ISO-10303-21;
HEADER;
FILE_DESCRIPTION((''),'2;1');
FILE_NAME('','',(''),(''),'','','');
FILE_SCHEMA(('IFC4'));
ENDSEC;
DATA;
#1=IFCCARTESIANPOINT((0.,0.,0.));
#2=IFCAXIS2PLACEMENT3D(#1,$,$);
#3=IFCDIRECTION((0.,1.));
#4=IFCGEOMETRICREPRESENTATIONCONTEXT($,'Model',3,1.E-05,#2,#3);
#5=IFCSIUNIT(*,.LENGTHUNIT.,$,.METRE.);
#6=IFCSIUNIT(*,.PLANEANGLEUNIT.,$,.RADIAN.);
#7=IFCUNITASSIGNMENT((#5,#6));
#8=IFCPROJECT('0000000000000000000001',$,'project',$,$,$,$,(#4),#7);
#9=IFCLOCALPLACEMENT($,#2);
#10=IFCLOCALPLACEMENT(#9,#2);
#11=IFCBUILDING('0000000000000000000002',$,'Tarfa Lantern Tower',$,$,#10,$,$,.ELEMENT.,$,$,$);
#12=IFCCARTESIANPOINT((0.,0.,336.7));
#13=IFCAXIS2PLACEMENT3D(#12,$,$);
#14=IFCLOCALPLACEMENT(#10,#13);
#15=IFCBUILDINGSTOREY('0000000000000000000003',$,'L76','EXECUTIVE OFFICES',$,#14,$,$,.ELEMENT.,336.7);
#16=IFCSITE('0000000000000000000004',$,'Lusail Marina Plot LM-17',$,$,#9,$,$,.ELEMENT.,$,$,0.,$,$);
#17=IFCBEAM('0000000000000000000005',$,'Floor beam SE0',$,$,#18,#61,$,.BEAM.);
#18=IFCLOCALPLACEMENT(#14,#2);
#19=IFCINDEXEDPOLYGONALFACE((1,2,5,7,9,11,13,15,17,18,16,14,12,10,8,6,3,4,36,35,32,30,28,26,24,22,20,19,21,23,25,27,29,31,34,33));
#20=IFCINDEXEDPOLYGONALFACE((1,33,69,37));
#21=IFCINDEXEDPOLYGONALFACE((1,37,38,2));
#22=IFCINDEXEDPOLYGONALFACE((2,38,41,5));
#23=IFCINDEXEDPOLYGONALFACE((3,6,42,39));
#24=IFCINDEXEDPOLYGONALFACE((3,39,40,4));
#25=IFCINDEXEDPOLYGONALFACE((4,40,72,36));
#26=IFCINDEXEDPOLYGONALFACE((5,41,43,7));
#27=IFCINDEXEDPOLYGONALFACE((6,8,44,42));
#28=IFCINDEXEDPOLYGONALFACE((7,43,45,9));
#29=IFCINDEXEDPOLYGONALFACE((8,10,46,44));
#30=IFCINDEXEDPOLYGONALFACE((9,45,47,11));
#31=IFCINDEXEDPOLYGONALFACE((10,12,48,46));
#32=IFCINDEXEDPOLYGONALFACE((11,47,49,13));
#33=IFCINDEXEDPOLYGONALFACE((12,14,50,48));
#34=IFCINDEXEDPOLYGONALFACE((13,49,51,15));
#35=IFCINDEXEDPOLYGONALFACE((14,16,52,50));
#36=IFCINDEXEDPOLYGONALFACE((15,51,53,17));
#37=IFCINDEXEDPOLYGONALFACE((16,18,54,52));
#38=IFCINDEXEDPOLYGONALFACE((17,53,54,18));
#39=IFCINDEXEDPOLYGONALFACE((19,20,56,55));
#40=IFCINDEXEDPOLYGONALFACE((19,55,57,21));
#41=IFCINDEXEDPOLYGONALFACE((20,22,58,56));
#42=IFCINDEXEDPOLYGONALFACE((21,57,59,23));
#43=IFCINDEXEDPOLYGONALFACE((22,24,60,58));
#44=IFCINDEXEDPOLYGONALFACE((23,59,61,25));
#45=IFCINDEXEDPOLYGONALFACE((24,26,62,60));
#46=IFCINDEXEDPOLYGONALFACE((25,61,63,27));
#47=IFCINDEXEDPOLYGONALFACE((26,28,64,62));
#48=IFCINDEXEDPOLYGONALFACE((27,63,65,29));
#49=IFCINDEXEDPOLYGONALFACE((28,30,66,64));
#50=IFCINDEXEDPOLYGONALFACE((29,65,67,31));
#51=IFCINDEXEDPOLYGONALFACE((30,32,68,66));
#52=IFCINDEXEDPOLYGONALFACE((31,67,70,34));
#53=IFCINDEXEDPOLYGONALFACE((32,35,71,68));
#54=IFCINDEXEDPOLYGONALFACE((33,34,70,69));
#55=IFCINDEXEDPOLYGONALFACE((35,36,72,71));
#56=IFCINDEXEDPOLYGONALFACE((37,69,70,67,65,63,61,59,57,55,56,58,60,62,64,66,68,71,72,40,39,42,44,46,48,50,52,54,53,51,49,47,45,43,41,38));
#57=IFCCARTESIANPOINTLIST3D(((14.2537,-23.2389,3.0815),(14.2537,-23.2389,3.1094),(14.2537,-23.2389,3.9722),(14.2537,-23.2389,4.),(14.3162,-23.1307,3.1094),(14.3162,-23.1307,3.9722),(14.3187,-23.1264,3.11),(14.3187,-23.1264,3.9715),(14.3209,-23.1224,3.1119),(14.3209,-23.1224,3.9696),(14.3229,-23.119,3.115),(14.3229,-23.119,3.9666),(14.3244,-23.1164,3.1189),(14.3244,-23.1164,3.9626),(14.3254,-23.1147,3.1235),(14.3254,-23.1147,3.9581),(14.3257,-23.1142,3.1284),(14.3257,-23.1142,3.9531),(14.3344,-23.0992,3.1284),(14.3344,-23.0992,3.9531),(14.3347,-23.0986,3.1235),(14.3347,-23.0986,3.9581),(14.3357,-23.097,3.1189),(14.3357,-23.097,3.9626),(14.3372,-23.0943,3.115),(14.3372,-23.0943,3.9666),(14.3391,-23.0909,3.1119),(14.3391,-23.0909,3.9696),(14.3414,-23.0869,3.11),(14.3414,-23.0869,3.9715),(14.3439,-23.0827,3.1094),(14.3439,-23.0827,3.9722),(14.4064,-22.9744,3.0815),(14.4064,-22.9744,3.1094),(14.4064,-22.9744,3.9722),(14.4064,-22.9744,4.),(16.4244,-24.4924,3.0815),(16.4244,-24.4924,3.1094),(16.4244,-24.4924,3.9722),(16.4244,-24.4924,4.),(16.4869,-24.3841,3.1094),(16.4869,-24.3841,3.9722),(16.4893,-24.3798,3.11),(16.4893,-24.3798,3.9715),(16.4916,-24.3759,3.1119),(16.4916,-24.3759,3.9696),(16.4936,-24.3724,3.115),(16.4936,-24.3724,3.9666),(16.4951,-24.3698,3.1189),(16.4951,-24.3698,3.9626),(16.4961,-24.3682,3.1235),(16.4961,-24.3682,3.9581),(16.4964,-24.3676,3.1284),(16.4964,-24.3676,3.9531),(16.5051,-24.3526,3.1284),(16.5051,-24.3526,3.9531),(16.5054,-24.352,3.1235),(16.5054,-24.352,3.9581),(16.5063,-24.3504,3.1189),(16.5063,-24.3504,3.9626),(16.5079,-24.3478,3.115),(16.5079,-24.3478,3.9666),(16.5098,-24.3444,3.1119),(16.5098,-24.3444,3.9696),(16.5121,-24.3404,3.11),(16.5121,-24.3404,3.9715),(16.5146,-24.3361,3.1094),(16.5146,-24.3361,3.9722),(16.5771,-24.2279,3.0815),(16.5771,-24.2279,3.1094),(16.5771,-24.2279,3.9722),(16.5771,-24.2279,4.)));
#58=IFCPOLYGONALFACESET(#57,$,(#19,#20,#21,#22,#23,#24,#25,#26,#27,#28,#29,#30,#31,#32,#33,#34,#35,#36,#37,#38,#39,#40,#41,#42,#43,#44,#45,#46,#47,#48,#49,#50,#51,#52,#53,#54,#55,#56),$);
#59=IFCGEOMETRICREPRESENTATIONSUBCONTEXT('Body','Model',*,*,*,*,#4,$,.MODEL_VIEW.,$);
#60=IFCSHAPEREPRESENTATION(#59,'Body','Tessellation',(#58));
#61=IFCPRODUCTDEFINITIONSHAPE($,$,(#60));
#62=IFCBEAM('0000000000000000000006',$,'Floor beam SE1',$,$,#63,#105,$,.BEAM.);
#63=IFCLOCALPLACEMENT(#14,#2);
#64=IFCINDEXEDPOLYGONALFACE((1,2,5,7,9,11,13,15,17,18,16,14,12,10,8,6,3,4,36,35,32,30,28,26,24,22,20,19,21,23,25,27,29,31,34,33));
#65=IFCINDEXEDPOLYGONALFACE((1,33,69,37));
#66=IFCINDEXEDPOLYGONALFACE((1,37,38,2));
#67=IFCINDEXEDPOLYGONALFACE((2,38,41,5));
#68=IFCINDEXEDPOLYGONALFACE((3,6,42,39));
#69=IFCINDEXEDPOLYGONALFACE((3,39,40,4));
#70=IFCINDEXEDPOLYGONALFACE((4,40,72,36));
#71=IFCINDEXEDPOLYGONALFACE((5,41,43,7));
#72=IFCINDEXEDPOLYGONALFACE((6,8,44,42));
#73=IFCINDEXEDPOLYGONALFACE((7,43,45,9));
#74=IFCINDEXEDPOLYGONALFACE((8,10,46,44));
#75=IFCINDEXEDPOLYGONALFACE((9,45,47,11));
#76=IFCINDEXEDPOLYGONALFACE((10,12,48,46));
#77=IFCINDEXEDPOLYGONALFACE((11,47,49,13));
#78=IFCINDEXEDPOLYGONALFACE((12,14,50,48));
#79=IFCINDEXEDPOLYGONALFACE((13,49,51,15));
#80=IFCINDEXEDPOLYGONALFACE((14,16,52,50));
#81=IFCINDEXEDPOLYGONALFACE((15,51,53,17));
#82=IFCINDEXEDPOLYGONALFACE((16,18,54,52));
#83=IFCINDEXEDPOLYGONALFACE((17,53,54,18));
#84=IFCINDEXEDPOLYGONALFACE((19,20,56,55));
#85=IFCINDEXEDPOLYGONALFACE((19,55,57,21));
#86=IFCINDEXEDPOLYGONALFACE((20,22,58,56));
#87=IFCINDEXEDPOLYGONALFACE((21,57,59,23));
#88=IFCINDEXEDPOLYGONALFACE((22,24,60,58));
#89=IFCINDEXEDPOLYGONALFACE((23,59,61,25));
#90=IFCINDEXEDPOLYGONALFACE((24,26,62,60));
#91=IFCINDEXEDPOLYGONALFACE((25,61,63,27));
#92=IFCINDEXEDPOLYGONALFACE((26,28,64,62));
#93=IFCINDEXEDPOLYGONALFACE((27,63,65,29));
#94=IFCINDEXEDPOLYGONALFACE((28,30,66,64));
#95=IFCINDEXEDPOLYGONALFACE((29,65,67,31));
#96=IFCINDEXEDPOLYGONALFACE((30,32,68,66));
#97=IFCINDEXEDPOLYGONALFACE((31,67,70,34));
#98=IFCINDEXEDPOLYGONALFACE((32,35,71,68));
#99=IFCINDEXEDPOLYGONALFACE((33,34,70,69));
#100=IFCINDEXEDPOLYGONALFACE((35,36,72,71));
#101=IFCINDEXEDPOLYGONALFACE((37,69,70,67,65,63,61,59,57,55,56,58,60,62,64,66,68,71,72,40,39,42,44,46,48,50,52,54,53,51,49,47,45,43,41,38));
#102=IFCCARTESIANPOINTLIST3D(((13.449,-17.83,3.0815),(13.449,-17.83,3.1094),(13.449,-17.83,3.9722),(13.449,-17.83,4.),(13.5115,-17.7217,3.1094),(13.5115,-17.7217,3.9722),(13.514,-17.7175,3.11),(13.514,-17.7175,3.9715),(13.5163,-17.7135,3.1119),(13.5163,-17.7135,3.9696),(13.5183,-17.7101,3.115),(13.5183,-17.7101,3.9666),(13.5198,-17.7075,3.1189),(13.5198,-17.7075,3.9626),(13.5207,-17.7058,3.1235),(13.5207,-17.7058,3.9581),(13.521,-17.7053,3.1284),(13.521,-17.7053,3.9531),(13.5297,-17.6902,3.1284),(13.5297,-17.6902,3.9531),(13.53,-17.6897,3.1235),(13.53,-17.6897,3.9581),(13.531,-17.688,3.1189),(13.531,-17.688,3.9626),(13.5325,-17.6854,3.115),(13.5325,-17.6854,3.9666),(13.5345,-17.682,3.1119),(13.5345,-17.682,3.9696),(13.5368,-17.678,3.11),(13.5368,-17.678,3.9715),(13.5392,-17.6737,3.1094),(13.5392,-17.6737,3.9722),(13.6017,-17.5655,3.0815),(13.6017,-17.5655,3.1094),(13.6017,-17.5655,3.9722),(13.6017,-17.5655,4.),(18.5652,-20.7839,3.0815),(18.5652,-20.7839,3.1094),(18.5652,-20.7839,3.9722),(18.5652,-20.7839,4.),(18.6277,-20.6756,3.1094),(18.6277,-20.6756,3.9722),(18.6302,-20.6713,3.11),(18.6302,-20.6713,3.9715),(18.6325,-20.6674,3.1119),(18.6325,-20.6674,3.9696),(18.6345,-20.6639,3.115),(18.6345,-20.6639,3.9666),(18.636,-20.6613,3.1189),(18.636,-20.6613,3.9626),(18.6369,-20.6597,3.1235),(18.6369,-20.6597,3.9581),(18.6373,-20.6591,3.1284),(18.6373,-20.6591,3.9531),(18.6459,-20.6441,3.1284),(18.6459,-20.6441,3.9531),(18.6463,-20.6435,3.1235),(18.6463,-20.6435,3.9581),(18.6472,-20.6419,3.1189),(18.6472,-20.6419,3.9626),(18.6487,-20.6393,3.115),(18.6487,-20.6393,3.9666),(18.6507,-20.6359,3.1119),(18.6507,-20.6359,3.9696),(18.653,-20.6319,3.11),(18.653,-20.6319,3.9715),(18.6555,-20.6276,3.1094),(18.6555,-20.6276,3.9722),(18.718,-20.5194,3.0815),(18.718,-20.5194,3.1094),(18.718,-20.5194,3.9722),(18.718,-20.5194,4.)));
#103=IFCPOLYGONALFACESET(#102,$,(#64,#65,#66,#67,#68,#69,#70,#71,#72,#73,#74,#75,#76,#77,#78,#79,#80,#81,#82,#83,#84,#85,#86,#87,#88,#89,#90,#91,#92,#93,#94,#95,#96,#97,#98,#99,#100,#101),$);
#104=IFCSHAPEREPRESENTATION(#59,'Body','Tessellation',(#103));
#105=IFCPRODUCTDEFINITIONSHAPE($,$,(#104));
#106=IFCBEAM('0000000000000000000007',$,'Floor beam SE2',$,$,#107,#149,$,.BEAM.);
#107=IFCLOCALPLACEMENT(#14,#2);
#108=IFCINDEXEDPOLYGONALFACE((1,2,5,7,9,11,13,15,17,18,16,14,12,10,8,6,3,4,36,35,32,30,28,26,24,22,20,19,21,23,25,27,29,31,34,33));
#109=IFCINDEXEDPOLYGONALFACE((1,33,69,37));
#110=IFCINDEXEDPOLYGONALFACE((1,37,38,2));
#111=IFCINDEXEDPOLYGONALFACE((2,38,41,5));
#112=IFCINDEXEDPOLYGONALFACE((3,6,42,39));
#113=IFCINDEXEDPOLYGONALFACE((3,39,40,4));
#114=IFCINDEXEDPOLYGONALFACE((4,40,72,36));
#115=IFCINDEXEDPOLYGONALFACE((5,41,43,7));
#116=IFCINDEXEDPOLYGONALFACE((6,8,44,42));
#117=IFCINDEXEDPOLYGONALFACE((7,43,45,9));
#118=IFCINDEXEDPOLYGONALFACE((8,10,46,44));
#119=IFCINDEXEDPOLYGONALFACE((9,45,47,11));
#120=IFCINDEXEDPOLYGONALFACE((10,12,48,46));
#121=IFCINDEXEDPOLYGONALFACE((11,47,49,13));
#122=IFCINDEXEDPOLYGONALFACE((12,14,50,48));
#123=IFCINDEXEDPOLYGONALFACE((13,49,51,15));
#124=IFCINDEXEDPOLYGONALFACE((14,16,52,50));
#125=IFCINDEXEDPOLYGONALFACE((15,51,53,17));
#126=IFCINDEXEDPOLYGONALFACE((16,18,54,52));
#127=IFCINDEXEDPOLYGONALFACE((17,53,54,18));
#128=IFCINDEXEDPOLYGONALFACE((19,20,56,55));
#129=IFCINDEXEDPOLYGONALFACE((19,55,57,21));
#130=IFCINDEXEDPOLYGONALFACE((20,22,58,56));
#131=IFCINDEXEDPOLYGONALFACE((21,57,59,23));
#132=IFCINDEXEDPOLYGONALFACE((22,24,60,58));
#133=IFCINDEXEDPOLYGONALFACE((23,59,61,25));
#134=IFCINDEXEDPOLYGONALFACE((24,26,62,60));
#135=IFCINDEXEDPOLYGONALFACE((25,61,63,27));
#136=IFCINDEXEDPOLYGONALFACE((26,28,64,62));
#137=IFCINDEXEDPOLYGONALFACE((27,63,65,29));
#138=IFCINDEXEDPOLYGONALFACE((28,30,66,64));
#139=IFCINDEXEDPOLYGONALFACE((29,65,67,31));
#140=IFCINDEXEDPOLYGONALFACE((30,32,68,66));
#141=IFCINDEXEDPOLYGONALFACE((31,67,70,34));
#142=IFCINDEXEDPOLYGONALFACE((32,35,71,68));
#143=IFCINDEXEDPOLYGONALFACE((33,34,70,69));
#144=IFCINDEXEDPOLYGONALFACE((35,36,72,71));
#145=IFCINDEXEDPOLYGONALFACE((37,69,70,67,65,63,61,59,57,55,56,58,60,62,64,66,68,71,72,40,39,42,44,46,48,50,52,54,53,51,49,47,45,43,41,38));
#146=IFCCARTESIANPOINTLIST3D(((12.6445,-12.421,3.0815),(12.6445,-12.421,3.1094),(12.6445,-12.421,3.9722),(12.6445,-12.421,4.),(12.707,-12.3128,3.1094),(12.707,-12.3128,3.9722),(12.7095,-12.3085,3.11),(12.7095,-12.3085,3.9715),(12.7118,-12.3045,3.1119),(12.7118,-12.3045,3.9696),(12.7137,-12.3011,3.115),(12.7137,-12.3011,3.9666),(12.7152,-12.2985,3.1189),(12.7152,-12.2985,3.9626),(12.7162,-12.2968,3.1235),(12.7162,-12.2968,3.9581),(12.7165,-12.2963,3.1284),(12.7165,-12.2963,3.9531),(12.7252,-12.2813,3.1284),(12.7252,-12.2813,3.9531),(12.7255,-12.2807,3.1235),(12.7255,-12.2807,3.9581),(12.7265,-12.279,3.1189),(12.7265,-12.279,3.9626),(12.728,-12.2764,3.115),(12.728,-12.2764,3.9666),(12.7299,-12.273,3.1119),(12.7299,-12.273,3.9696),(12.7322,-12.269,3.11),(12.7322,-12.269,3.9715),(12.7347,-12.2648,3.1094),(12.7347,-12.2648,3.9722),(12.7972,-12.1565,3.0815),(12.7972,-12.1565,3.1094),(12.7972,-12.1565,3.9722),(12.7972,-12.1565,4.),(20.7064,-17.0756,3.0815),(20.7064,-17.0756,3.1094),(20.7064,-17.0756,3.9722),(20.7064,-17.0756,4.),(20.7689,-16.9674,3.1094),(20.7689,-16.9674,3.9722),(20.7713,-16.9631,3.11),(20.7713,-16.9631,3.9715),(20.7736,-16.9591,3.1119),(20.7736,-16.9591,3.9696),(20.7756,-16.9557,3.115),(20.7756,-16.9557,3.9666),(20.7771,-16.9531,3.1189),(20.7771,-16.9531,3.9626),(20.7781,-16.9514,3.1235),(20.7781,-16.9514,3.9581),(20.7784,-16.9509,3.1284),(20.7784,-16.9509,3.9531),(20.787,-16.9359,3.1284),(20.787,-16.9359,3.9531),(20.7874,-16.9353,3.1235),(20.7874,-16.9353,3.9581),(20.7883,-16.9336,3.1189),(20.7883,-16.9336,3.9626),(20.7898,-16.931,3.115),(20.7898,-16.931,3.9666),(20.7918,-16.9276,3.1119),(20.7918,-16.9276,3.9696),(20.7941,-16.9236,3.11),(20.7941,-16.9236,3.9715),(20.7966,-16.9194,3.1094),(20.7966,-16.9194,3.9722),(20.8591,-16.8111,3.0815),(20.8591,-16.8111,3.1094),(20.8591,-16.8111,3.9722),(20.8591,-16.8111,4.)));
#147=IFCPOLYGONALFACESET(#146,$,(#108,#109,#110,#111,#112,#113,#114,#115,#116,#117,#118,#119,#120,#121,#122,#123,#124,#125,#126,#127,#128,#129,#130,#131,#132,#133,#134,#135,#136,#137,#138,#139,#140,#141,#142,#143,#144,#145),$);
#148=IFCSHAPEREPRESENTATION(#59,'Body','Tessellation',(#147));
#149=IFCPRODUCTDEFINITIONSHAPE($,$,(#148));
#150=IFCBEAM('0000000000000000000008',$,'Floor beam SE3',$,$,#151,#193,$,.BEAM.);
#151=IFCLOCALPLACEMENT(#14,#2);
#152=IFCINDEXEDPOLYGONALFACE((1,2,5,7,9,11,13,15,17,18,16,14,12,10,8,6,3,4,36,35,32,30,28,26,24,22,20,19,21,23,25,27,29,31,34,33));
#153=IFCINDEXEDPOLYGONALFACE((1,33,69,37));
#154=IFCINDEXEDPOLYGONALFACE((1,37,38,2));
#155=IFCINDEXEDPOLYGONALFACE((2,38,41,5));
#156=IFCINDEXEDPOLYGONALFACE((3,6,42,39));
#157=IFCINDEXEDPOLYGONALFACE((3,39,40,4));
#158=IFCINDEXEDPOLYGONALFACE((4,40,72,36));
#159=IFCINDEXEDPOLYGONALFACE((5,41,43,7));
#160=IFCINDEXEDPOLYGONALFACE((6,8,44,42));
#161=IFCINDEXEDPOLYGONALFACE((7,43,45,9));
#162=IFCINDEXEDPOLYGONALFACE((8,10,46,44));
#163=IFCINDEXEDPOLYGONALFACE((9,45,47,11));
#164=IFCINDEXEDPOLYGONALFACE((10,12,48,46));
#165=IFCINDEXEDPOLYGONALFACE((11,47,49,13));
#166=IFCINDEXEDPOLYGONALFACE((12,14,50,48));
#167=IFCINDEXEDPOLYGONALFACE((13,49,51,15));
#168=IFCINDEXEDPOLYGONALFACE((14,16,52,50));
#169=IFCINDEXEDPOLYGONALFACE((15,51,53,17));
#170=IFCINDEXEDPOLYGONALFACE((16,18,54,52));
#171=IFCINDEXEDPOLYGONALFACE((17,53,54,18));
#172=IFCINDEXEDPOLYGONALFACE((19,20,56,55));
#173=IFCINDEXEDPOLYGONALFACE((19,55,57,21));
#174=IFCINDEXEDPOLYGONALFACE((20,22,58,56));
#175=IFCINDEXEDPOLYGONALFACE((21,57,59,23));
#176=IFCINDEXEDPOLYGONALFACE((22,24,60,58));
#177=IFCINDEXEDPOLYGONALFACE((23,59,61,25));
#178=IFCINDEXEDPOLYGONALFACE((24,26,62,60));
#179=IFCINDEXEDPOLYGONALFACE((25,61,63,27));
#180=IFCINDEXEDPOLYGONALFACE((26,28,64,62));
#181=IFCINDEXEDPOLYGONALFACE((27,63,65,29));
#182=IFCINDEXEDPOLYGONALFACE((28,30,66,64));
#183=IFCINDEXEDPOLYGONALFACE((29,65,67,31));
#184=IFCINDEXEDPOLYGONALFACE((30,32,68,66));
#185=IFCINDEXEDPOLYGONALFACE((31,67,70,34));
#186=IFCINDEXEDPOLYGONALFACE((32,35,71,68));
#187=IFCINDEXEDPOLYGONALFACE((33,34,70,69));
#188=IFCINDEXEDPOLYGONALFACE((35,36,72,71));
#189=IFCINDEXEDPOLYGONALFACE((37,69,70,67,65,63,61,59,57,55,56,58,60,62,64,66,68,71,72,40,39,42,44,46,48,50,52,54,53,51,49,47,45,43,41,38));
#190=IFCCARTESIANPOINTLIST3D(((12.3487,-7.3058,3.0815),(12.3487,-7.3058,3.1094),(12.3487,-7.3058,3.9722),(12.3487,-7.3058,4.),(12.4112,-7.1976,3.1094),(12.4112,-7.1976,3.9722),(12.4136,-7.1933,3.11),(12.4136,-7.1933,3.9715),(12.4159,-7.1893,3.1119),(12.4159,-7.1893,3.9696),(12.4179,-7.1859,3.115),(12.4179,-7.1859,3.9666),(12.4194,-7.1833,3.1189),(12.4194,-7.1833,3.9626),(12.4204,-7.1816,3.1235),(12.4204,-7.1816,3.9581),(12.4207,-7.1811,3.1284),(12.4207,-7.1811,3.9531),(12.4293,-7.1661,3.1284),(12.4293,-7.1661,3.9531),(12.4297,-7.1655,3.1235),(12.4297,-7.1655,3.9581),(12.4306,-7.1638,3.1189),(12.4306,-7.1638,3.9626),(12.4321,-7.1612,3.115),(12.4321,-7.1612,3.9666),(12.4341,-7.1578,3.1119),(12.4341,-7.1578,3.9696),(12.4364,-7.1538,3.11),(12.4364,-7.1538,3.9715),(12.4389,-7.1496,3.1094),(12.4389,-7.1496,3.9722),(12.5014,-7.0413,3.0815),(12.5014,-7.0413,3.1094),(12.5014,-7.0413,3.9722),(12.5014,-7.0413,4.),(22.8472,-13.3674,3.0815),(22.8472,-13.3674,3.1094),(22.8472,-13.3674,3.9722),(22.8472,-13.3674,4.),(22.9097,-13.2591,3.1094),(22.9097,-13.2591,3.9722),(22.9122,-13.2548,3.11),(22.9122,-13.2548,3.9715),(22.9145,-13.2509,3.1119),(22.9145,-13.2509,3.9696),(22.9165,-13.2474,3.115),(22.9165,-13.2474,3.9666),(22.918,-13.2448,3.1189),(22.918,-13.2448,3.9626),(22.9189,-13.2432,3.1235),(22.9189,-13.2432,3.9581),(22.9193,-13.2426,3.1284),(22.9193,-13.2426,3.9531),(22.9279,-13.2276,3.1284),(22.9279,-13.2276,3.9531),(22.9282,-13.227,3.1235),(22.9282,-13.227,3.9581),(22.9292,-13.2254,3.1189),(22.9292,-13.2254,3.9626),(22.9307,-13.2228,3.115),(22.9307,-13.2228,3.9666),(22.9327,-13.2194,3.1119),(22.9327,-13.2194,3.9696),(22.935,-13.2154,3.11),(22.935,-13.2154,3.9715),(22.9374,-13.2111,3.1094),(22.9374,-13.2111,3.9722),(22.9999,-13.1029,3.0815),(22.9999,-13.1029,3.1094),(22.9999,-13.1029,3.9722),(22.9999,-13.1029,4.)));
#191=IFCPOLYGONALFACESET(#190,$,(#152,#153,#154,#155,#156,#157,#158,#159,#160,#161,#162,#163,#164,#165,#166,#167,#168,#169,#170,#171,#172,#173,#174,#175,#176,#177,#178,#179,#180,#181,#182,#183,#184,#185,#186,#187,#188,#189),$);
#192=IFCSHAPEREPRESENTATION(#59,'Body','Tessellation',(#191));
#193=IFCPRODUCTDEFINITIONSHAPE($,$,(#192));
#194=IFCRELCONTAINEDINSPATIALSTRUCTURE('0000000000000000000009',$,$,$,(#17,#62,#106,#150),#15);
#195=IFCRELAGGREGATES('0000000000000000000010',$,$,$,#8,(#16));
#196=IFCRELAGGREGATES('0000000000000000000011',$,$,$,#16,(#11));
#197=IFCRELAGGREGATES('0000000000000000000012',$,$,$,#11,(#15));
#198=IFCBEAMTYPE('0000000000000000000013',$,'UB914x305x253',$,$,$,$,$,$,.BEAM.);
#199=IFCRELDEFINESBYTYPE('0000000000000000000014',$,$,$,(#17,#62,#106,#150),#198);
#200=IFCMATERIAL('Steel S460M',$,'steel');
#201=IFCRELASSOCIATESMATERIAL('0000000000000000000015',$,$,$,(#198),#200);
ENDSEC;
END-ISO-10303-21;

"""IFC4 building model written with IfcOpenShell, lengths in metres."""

from ifc_helpers import new_model, si_unit, direction, frame, origin, origin_2d, place, context, subcontext, project, spatial, i_section, extrude, material, material_profile, profile_set, type_object, element, save


model = new_model("IFC4")

# Units and contexts
model_context = context("Model", 3, precision=1e-05, world=origin(), true_north=direction((0.0, 1.0)))
body_context = subcontext(model_context, "Body", "Model", "MODEL_VIEW")
ifc_project = project(units=[si_unit("LENGTHUNIT", "METRE"), si_unit("PLANEANGLEUNIT", "RADIAN")], contexts=[model_context])

# Site, building, storey
site_placement = place(None, origin())
site = spatial("IfcSite", under=ifc_project, at=site_placement, Name="Lusail Marina Plot LM-17", CompositionType="ELEMENT", RefElevation=0.0)
building_placement = place(site_placement, origin())
building = spatial("IfcBuilding", under=site, at=building_placement, Name="Tarfa Lantern Tower", CompositionType="ELEMENT")
storey_placement = place(building_placement, frame((0.0, 0.0, 336.7)))
storey = spatial("IfcBuildingStorey", under=building, at=storey_placement, Name="L76", Description="EXECUTIVE OFFICES", CompositionType="ELEMENT", Elevation=336.7)

# Beams
ifc_material_1 = material(Name="Steel S460M", Category="steel")
ifc_material_profile_1 = material_profile(ifc_material_1, i_section(OverallWidth=0.3054, OverallDepth=0.9185, WebThickness=0.0173, FlangeThickness=0.0278, FilletRadius=0.019, at=origin_2d()), Name="UB914x305x253")
ifc_profile_set_1 = profile_set([ifc_material_profile_1], Name="Steel S460M")
beam_type_1 = type_object("IfcBeamType", Name="UB914x305x253", PredefinedType="BEAM", material=ifc_profile_set_1)
beam_1_placement = place(storey_placement, frame((16.5007, -24.3601, 3.5408), z_axis=(-0.865993, 0.500057, 0.0), x_axis=(-0.500057, -0.865993, 0.0)))
element("IfcBeam", 1, at=beam_1_placement, inside=storey, type_object=beam_type_1, Name="Floor beam SE0", PredefinedType="BEAM", context=body_context, shape_type="SweptSolid", body=[
    extrude(i_section(OverallWidth=0.3054, OverallDepth=0.9185, WebThickness=0.0173, FlangeThickness=0.0278, FilletRadius=0.019, at=origin_2d()), origin(), (0.0, 0.0, 1.0), 2.5066),
])
beam_2_placement = place(storey_placement, frame((18.6416, -20.6516, 3.5408), z_axis=(-0.866025, 0.500001, 0.0), x_axis=(-0.500001, -0.866025, 0.0)))
element("IfcBeam", 2, at=beam_2_placement, inside=storey, type_object=beam_type_1, Name="Floor beam SE1", PredefinedType="BEAM", context=body_context, shape_type="SweptSolid", body=[
    extrude(i_section(OverallWidth=0.3054, OverallDepth=0.9185, WebThickness=0.0173, FlangeThickness=0.0278, FilletRadius=0.019, at=origin_2d()), origin(), (0.0, 0.0, 1.0), 5.9077),
])
beam_3_placement = place(storey_placement, frame((20.7827, -16.9434, 3.5408), z_axis=(-0.866022, 0.500006, 0.0), x_axis=(-0.500006, -0.866022, 0.0)))
element("IfcBeam", 3, at=beam_3_placement, inside=storey, type_object=beam_type_1, Name="Floor beam SE2", PredefinedType="BEAM", context=body_context, shape_type="SweptSolid", body=[
    extrude(i_section(OverallWidth=0.3054, OverallDepth=0.9185, WebThickness=0.0173, FlangeThickness=0.0278, FilletRadius=0.019, at=origin_2d()), origin(), (0.0, 0.0, 1.0), 9.3091),
])
beam_4_placement = place(storey_placement, frame((22.9236, -13.2351, 3.5408), z_axis=(-0.866019, 0.500012, 0.0), x_axis=(-0.500012, -0.866019, 0.0)))
element("IfcBeam", 4, at=beam_4_placement, inside=storey, type_object=beam_type_1, Name="Floor beam SE3", PredefinedType="BEAM", context=body_context, shape_type="SweptSolid", body=[
    extrude(i_section(OverallWidth=0.3054, OverallDepth=0.9185, WebThickness=0.0173, FlangeThickness=0.0278, FilletRadius=0.019, at=origin_2d()), origin(), (0.0, 0.0, 1.0), 12.1228),
])

save(model, "model.ifc")
